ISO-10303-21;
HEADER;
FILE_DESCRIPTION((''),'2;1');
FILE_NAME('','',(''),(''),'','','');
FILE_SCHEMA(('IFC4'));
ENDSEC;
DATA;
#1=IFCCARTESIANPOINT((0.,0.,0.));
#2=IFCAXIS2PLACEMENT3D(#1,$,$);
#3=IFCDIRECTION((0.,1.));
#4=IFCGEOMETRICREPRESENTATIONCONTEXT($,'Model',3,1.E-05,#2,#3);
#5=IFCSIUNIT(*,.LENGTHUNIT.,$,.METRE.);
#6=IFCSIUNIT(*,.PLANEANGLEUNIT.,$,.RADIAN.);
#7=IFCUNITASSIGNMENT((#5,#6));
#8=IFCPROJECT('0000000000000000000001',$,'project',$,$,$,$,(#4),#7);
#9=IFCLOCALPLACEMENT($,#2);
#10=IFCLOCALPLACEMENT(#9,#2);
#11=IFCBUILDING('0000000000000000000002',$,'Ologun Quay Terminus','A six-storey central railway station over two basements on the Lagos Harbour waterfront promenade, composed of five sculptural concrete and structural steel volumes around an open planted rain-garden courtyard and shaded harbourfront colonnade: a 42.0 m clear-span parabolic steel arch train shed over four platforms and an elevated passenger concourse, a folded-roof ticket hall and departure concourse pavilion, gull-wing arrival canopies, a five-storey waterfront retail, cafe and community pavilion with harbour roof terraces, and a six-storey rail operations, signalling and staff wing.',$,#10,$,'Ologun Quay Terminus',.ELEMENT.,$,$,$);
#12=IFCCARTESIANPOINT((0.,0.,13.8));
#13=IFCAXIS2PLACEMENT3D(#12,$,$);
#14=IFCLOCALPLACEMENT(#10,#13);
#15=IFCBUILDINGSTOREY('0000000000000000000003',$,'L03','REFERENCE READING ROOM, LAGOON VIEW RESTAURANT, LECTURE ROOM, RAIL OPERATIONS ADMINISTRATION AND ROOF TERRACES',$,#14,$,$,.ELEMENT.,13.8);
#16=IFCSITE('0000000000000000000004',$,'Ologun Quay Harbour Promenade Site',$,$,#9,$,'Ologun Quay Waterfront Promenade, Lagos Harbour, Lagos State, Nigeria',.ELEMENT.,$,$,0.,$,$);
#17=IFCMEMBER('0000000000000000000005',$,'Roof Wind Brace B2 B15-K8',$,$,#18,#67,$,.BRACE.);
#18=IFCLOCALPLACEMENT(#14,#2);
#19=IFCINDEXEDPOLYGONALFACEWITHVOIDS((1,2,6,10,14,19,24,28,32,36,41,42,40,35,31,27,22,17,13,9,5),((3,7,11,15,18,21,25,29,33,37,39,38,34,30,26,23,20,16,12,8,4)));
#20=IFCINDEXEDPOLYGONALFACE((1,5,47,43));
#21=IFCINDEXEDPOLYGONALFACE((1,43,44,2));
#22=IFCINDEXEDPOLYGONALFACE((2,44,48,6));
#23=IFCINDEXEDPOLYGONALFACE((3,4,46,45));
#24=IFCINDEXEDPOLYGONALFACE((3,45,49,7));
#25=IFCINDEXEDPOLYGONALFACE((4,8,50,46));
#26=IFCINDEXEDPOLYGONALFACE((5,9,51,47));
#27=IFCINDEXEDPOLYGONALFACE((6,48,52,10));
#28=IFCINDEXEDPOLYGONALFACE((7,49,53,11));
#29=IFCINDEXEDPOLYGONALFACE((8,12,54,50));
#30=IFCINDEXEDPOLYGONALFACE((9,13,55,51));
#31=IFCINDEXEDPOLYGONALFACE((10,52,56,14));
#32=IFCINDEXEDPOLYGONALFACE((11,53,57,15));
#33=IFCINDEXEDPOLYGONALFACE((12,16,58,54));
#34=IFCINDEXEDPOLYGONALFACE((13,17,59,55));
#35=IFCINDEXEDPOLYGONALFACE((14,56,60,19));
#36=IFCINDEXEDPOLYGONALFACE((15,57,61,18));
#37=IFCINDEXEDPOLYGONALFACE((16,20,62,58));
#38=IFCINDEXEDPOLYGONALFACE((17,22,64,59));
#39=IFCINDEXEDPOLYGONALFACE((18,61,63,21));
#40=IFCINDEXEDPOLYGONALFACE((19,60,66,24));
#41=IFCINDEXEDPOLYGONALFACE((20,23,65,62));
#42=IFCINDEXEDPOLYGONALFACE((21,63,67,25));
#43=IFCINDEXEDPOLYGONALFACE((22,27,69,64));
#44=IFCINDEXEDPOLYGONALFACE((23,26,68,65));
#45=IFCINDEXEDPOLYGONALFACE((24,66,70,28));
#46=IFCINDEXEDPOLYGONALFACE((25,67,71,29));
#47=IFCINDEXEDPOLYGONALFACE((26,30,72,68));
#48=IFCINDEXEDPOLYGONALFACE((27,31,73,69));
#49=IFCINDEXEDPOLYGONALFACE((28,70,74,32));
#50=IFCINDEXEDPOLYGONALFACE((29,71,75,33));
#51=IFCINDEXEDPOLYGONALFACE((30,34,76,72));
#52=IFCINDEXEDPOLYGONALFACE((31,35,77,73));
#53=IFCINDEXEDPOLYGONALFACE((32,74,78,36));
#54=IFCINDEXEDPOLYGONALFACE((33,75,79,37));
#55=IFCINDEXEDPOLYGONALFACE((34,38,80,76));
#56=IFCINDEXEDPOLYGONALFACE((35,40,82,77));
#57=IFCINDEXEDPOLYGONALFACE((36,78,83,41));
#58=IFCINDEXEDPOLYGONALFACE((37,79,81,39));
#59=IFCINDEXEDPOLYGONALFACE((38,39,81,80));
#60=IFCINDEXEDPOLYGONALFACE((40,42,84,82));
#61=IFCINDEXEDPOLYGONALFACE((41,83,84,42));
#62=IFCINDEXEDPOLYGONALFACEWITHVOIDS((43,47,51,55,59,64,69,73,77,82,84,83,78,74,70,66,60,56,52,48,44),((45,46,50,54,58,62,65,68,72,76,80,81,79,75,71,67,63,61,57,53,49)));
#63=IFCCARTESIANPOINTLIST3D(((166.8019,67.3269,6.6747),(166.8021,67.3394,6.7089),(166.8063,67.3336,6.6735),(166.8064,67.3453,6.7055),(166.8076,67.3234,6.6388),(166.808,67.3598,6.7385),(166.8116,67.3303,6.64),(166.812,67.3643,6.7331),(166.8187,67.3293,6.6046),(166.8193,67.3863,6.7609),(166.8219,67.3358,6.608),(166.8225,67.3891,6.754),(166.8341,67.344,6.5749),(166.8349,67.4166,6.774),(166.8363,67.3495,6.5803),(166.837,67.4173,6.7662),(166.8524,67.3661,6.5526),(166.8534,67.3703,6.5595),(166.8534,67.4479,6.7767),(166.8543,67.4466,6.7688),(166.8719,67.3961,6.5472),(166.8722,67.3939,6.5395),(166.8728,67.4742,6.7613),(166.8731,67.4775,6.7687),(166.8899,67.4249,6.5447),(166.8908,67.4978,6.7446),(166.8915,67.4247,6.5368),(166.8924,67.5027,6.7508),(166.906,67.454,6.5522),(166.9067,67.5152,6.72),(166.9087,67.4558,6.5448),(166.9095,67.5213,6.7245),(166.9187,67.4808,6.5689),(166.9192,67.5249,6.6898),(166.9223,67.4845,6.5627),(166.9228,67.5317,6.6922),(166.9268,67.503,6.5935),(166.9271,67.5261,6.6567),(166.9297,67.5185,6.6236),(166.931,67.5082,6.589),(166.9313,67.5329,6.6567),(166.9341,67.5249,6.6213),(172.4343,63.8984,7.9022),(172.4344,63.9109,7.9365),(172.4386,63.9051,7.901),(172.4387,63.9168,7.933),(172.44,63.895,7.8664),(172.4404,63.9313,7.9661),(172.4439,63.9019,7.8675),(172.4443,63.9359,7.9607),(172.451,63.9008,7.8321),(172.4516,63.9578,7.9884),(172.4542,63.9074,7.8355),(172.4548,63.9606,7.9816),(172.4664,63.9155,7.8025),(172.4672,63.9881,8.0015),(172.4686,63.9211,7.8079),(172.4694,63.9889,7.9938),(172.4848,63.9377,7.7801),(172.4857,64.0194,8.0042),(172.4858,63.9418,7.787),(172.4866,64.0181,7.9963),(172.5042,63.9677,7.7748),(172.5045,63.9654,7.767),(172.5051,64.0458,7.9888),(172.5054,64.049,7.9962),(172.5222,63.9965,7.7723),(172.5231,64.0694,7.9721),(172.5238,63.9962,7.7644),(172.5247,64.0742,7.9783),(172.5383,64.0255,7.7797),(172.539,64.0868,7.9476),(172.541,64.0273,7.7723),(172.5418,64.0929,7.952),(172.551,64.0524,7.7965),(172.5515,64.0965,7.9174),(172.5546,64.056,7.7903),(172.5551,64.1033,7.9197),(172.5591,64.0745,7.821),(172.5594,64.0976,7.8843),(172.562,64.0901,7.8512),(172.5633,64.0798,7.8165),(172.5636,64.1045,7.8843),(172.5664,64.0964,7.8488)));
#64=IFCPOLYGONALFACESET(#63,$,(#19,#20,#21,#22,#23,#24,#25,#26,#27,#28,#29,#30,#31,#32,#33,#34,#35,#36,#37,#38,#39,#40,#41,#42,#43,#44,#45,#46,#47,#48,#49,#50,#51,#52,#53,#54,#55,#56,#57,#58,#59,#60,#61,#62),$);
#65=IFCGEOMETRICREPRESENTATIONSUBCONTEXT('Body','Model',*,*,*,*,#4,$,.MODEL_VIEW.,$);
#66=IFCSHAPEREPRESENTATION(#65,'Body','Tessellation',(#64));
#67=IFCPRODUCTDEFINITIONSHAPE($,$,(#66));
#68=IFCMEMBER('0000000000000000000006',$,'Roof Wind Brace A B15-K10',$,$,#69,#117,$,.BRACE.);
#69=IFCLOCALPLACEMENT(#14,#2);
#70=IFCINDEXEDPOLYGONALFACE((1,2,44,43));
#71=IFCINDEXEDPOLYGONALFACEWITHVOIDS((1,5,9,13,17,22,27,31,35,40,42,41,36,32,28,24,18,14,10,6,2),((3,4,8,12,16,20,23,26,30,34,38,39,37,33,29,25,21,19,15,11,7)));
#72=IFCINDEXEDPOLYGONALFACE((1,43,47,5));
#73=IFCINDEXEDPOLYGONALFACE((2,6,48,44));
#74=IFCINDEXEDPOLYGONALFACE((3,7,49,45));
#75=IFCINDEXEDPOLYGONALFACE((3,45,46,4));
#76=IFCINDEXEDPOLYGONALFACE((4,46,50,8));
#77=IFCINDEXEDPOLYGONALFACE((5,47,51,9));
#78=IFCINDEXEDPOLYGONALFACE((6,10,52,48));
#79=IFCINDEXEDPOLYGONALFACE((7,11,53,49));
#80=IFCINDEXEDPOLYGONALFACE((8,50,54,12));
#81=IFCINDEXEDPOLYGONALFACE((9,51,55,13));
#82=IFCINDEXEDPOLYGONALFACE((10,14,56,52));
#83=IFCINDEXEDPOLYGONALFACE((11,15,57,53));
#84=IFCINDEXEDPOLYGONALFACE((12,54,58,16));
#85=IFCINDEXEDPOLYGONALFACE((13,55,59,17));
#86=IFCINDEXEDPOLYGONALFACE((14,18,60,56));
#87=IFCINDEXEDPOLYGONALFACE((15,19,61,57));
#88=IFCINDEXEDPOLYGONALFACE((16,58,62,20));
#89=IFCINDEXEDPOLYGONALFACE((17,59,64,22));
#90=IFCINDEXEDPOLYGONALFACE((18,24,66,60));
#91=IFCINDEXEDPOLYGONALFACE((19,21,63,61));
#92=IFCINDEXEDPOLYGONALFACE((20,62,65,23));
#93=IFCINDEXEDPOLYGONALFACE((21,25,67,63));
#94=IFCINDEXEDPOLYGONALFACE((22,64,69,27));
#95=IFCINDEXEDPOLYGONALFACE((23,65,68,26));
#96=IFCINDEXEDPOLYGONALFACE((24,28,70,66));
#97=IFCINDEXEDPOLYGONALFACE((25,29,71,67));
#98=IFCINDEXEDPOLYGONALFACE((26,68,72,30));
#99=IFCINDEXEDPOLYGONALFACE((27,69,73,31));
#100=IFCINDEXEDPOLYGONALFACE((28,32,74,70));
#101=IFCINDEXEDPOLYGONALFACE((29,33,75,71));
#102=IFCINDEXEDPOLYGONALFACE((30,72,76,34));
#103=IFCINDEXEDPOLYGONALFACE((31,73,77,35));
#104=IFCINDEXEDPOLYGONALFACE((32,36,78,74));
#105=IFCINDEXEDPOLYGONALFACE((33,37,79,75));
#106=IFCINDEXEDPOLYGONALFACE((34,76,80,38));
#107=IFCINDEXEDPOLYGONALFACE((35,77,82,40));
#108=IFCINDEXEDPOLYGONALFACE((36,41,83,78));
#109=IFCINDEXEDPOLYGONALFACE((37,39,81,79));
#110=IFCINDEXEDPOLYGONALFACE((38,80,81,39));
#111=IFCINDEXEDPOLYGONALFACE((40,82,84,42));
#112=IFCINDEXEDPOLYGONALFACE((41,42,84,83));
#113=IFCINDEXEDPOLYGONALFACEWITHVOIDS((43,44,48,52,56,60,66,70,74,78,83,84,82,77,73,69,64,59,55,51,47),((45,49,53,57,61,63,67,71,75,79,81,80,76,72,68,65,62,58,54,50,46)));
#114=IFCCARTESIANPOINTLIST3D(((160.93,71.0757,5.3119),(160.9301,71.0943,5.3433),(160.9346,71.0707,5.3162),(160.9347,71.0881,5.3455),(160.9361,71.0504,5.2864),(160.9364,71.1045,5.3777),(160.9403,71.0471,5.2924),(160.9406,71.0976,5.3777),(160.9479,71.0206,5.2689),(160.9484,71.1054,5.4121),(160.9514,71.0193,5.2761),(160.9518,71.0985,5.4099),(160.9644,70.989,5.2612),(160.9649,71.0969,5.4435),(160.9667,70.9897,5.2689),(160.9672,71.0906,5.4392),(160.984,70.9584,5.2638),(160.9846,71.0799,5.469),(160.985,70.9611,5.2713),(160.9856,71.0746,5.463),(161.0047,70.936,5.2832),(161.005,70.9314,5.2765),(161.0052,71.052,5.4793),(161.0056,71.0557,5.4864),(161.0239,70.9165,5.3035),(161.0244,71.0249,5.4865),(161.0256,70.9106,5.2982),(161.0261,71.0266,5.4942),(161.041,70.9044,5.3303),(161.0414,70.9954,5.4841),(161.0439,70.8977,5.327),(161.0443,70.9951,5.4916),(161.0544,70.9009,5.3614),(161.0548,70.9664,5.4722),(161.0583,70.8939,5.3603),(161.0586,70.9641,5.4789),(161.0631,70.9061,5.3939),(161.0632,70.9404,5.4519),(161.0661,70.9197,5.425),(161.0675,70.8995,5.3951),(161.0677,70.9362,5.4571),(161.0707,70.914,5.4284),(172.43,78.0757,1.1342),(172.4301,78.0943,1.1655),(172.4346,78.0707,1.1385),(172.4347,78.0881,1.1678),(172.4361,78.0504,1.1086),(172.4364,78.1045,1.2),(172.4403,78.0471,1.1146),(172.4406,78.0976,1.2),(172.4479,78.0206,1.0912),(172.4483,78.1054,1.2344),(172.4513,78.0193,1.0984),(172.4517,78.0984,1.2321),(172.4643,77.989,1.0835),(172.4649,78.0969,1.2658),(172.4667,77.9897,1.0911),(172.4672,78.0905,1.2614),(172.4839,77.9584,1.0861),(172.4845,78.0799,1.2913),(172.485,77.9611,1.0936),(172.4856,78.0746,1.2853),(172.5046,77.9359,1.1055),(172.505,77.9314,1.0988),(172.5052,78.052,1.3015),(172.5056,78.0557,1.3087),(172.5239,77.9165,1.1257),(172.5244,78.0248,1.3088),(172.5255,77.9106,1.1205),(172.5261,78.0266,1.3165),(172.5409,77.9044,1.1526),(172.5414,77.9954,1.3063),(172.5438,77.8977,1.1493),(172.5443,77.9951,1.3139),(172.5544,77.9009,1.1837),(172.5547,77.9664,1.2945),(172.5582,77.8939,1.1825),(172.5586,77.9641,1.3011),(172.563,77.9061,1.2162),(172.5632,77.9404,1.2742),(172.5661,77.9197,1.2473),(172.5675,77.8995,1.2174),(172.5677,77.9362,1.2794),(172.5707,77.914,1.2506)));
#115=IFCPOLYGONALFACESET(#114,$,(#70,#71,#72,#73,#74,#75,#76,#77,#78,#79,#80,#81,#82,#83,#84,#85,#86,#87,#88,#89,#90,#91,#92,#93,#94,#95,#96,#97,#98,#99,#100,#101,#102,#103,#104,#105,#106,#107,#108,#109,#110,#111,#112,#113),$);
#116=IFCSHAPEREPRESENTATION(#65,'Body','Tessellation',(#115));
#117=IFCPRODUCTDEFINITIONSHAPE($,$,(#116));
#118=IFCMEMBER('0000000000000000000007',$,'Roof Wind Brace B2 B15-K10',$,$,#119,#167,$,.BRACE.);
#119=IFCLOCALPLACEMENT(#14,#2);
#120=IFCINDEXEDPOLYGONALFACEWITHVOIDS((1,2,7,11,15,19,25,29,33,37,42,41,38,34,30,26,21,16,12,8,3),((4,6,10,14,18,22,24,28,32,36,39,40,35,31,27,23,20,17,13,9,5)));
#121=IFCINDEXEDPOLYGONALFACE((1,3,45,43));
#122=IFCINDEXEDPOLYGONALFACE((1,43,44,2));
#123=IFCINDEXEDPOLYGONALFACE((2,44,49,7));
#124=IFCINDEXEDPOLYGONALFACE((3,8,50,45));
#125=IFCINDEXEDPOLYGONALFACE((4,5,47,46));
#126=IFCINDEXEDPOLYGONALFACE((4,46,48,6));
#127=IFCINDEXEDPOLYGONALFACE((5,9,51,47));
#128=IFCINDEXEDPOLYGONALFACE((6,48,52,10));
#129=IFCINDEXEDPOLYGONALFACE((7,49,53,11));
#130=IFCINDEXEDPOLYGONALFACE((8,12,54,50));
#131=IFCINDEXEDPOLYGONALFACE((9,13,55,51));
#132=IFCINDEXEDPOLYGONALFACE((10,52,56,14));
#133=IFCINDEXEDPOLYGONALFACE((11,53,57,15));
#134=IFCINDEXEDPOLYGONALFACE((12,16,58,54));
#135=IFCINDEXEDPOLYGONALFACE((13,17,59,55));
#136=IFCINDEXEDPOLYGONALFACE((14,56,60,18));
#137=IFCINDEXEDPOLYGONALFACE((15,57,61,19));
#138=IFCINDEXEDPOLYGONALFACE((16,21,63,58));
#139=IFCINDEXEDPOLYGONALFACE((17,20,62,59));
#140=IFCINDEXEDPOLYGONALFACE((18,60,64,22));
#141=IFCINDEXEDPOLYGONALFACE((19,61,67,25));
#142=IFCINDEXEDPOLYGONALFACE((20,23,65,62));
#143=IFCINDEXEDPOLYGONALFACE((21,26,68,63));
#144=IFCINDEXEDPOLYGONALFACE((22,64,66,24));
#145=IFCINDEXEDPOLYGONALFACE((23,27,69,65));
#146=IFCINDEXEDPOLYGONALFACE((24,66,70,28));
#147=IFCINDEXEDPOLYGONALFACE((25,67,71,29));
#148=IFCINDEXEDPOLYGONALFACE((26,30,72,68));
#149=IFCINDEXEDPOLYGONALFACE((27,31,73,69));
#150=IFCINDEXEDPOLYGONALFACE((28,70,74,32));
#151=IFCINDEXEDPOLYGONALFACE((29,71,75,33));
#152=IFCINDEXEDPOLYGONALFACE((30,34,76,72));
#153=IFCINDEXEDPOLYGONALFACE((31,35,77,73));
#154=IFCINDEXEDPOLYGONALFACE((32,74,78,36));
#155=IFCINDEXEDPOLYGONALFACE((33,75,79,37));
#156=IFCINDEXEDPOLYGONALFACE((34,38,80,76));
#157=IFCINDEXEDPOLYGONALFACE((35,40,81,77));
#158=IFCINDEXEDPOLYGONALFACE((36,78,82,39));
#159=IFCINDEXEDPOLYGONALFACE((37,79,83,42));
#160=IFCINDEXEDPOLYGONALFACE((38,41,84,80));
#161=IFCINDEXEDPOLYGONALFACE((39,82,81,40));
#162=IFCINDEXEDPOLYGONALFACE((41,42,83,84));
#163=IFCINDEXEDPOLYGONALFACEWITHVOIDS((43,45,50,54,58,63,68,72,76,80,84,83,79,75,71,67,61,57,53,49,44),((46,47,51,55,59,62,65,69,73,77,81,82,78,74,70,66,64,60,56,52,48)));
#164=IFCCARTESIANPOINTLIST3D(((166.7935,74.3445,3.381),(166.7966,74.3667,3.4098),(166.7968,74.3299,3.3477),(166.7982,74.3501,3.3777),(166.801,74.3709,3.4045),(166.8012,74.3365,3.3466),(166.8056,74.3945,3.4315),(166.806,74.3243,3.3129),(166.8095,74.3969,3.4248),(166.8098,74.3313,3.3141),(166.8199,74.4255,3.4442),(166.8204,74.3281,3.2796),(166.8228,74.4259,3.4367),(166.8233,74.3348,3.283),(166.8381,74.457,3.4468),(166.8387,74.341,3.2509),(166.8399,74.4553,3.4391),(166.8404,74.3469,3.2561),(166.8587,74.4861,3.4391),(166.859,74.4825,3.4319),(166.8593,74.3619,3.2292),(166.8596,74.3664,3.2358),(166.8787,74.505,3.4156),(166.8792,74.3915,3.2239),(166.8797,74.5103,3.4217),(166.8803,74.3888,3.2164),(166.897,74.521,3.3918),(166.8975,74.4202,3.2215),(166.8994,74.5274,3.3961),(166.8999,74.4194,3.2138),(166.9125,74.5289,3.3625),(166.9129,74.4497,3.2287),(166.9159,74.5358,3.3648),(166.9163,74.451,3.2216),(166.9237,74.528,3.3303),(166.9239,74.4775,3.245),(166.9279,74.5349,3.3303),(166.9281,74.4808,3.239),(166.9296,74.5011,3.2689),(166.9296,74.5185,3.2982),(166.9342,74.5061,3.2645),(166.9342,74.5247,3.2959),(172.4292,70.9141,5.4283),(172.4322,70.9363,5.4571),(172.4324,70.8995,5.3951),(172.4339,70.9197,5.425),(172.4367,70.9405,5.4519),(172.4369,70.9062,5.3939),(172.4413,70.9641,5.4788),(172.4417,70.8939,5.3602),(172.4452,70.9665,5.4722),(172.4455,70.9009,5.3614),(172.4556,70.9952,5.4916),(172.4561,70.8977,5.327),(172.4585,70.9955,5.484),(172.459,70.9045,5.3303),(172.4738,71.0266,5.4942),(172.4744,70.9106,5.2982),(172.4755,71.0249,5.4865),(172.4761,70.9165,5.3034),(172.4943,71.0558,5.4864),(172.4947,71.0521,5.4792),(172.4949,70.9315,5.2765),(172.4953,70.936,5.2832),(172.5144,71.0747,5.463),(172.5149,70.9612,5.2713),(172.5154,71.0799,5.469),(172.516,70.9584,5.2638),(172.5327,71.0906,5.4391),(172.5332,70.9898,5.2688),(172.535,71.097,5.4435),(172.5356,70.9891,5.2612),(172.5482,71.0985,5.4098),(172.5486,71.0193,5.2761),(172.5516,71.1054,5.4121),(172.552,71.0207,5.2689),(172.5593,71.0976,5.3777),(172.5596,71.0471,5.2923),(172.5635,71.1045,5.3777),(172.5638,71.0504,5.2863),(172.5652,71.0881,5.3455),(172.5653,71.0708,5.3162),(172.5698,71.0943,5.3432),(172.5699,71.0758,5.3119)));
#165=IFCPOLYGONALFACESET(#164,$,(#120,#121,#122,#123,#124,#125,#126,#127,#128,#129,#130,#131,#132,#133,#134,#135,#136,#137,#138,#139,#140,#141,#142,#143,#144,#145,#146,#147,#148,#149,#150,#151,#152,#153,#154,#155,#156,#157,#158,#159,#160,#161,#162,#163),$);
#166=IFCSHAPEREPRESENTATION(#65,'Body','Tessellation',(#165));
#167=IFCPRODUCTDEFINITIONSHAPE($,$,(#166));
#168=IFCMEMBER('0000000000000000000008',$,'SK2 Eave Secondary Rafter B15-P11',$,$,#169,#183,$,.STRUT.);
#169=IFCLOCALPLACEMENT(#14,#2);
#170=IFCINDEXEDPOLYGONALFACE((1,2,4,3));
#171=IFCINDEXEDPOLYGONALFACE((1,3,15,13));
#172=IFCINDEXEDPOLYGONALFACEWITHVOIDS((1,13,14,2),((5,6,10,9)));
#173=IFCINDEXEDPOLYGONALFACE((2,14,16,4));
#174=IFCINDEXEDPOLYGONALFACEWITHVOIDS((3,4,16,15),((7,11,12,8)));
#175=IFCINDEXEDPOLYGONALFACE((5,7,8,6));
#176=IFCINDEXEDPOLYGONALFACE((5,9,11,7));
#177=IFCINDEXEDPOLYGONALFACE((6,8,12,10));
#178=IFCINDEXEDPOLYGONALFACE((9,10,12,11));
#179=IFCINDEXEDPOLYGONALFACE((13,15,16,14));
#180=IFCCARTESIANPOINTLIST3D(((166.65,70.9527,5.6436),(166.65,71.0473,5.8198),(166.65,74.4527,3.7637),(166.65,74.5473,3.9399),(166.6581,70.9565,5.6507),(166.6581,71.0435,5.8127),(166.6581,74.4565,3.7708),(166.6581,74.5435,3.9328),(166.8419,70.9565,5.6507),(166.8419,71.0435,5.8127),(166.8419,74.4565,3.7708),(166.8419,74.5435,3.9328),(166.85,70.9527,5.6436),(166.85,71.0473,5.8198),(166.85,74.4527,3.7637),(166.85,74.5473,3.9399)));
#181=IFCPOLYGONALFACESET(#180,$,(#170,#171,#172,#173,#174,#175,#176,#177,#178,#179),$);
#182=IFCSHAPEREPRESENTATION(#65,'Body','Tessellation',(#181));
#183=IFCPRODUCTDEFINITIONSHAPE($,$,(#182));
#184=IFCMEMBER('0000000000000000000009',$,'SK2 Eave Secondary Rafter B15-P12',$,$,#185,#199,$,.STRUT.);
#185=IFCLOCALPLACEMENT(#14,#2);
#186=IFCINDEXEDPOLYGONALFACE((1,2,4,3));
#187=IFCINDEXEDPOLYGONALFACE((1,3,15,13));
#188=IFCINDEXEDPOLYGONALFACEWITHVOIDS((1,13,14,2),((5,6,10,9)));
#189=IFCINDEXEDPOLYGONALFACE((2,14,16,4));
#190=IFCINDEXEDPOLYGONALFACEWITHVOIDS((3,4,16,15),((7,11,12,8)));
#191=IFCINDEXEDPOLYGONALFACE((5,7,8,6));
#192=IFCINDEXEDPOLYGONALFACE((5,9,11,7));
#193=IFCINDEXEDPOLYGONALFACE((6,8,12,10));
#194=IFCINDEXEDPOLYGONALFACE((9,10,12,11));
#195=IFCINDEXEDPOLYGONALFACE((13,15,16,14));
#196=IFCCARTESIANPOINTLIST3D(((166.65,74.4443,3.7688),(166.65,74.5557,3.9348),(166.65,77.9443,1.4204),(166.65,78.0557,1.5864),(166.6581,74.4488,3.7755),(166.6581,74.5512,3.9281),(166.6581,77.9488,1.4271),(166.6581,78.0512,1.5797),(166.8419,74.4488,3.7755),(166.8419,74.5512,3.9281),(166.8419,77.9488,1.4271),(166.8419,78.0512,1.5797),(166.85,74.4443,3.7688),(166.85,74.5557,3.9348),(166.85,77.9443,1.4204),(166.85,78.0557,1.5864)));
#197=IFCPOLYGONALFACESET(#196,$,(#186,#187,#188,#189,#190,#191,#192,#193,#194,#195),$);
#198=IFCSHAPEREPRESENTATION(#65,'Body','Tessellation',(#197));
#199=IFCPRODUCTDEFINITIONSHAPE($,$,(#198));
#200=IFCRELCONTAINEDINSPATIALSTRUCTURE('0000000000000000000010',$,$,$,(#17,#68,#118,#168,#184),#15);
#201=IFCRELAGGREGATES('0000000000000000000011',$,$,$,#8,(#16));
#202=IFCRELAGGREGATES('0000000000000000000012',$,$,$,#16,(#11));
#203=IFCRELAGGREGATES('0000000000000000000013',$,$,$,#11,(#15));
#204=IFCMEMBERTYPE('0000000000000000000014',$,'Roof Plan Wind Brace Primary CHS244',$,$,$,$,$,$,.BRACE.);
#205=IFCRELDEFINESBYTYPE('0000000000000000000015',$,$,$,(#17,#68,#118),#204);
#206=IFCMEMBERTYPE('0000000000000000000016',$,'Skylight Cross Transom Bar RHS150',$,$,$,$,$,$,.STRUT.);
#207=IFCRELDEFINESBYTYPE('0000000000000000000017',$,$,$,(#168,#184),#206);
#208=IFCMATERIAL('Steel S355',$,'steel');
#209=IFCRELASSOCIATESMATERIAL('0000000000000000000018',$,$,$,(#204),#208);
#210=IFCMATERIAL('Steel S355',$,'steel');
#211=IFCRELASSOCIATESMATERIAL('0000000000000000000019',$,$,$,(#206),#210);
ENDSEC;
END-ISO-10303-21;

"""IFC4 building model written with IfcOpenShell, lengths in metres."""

from ifc_helpers import new_model, si_unit, direction, frame, origin, origin_2d, place, context, subcontext, project, spatial, hollow_rectangle, hollow_circle, extrude, material, material_profile, profile_set, type_object, element, save


model = new_model("IFC4")

# Units and contexts
model_context = context("Model", 3, precision=1e-05, world=origin(), true_north=direction((0.0, 1.0)))
body_context = subcontext(model_context, "Body", "Model", "MODEL_VIEW")
ifc_project = project(units=[si_unit("LENGTHUNIT", "METRE"), si_unit("PLANEANGLEUNIT", "RADIAN")], contexts=[model_context])

# Site, building, storey
site_placement = place(None, origin())
site = spatial("IfcSite", under=ifc_project, at=site_placement, Name="Ologun Quay Harbour Promenade Site", LongName="Ologun Quay Waterfront Promenade, Lagos Harbour, Lagos State, Nigeria", CompositionType="ELEMENT", RefElevation=0.0)
building_placement = place(site_placement, origin())
building = spatial("IfcBuilding", under=site, at=building_placement, Name="Ologun Quay Terminus", Description="A six-storey central railway station over two basements on the Lagos Harbour waterfront promenade, composed of five sculptural concrete and structural steel volumes around an open planted rain-garden courtyard and shaded harbourfront colonnade: a 42.0 m clear-span parabolic steel arch train shed over four platforms and an elevated passenger concourse, a folded-roof ticket hall and departure concourse pavilion, gull-wing arrival canopies, a five-storey waterfront retail, cafe and community pavilion with harbour roof terraces, and a six-storey rail operations, signalling and staff wing.", LongName="Ologun Quay Terminus", CompositionType="ELEMENT")
storey_placement = place(building_placement, frame((0.0, 0.0, 13.8)))
storey = spatial("IfcBuildingStorey", under=building, at=storey_placement, Name="L03", Description="REFERENCE READING ROOM, LAGOON VIEW RESTAURANT, LECTURE ROOM, RAIL OPERATIONS ADMINISTRATION AND ROOF TERRACES", CompositionType="ELEMENT", Elevation=13.8)

# Members
ifc_material_1 = material(Name="Steel S355", Category="steel")
ifc_material_profile_1 = material_profile(ifc_material_1, hollow_circle(Radius=0.1223, WallThickness=0.0081, at=origin_2d()), Name="CHS 244.5x8")
ifc_profile_set_1 = profile_set([ifc_material_profile_1], Name="Steel S355")
member_type_1 = type_object("IfcMemberType", Name="Roof Plan Wind Brace Primary CHS244", PredefinedType="BRACE", material=ifc_profile_set_1)
for number, where, z_axis, x_axis, name in (
    (1, (166.8677, 67.4285, 6.6567), (0.839764, -0.511175, 0.183023), (0.519958, 0.854192, 0.0), "Roof Wind Brace B2 B15-K8"),
):
    element("IfcMember", number, at=place(storey_placement, frame(where, z_axis=z_axis, x_axis=x_axis)), inside=storey, type_object=member_type_1, Name=name, PredefinedType="BRACE", context=body_context, shape_type="SweptSolid", body=[
        extrude(hollow_circle(Radius=0.1223, WallThickness=0.0081, at=origin_2d()), origin(), (0.0, 0.0, 1.0), 6.707),
    ])
member_1_placement = place(storey_placement, frame((161.0, 71.0, 5.3777), z_axis=(0.815821, 0.496587, -0.296373), x_axis=(-0.519947, 0.854199, 0.0)))
element("IfcMember", 2, at=member_1_placement, inside=storey, type_object=member_type_1, Name="Roof Wind Brace A B15-K10", PredefinedType="BRACE", context=body_context, shape_type="SweptSolid", body=[
    extrude(hollow_circle(Radius=0.1223, WallThickness=0.0081, at=origin_2d()), origin(), (0.0, 0.0, 1.0), 14.0962),
])
member_2_placement = place(storey_placement, frame((166.8643, 74.4304, 3.3303), z_axis=(0.815823, -0.496583, 0.296374), x_axis=(0.519943, 0.854201, 0.0)))
element("IfcMember", 3, at=member_2_placement, inside=storey, type_object=member_type_1, Name="Roof Wind Brace B2 B15-K10", PredefinedType="BRACE", context=body_context, shape_type="SweptSolid", body=[
    extrude(hollow_circle(Radius=0.1223, WallThickness=0.0081, at=origin_2d()), origin(), (0.0, 0.0, 1.0), 6.908),
])
ifc_material_2 = material(Name="Steel S355", Category="steel")
ifc_material_profile_2 = material_profile(ifc_material_2, hollow_rectangle(XDim=0.2, YDim=0.2, WallThickness=0.0081, at=origin_2d()), Name="SHS 200x200x8")
ifc_profile_set_2 = profile_set([ifc_material_profile_2], Name="Steel S355")
member_type_2 = type_object("IfcMemberType", Name="Skylight Cross Transom Bar RHS150", PredefinedType="STRUT", material=ifc_profile_set_2)
member_3_placement = place(storey_placement, frame((166.75, 71.0, 5.7317), z_axis=(0.0, 0.880968, -0.473176), x_axis=(-1.0, 0.0, 0.0)))
element("IfcMember", 4, at=member_3_placement, inside=storey, type_object=member_type_2, Name="SK2 Eave Secondary Rafter B15-P11", PredefinedType="STRUT", context=body_context, shape_type="SweptSolid", body=[
    extrude(hollow_rectangle(XDim=0.2, YDim=0.2, WallThickness=0.0081, at=origin_2d()), origin(), (0.0, 0.0, 1.0), 3.9729),
])
member_4_placement = place(storey_placement, frame((166.75, 74.5, 3.8518), z_axis=(0.0, 0.830398, -0.557171), x_axis=(-1.0, 0.0, 0.0)))
element("IfcMember", 5, at=member_4_placement, inside=storey, type_object=member_type_2, Name="SK2 Eave Secondary Rafter B15-P12", PredefinedType="STRUT", context=body_context, shape_type="SweptSolid", body=[
    extrude(hollow_rectangle(XDim=0.2, YDim=0.2, WallThickness=0.0081, at=origin_2d()), origin(), (0.0, 0.0, 1.0), 4.2148),
])

save(model, "model.ifc")
